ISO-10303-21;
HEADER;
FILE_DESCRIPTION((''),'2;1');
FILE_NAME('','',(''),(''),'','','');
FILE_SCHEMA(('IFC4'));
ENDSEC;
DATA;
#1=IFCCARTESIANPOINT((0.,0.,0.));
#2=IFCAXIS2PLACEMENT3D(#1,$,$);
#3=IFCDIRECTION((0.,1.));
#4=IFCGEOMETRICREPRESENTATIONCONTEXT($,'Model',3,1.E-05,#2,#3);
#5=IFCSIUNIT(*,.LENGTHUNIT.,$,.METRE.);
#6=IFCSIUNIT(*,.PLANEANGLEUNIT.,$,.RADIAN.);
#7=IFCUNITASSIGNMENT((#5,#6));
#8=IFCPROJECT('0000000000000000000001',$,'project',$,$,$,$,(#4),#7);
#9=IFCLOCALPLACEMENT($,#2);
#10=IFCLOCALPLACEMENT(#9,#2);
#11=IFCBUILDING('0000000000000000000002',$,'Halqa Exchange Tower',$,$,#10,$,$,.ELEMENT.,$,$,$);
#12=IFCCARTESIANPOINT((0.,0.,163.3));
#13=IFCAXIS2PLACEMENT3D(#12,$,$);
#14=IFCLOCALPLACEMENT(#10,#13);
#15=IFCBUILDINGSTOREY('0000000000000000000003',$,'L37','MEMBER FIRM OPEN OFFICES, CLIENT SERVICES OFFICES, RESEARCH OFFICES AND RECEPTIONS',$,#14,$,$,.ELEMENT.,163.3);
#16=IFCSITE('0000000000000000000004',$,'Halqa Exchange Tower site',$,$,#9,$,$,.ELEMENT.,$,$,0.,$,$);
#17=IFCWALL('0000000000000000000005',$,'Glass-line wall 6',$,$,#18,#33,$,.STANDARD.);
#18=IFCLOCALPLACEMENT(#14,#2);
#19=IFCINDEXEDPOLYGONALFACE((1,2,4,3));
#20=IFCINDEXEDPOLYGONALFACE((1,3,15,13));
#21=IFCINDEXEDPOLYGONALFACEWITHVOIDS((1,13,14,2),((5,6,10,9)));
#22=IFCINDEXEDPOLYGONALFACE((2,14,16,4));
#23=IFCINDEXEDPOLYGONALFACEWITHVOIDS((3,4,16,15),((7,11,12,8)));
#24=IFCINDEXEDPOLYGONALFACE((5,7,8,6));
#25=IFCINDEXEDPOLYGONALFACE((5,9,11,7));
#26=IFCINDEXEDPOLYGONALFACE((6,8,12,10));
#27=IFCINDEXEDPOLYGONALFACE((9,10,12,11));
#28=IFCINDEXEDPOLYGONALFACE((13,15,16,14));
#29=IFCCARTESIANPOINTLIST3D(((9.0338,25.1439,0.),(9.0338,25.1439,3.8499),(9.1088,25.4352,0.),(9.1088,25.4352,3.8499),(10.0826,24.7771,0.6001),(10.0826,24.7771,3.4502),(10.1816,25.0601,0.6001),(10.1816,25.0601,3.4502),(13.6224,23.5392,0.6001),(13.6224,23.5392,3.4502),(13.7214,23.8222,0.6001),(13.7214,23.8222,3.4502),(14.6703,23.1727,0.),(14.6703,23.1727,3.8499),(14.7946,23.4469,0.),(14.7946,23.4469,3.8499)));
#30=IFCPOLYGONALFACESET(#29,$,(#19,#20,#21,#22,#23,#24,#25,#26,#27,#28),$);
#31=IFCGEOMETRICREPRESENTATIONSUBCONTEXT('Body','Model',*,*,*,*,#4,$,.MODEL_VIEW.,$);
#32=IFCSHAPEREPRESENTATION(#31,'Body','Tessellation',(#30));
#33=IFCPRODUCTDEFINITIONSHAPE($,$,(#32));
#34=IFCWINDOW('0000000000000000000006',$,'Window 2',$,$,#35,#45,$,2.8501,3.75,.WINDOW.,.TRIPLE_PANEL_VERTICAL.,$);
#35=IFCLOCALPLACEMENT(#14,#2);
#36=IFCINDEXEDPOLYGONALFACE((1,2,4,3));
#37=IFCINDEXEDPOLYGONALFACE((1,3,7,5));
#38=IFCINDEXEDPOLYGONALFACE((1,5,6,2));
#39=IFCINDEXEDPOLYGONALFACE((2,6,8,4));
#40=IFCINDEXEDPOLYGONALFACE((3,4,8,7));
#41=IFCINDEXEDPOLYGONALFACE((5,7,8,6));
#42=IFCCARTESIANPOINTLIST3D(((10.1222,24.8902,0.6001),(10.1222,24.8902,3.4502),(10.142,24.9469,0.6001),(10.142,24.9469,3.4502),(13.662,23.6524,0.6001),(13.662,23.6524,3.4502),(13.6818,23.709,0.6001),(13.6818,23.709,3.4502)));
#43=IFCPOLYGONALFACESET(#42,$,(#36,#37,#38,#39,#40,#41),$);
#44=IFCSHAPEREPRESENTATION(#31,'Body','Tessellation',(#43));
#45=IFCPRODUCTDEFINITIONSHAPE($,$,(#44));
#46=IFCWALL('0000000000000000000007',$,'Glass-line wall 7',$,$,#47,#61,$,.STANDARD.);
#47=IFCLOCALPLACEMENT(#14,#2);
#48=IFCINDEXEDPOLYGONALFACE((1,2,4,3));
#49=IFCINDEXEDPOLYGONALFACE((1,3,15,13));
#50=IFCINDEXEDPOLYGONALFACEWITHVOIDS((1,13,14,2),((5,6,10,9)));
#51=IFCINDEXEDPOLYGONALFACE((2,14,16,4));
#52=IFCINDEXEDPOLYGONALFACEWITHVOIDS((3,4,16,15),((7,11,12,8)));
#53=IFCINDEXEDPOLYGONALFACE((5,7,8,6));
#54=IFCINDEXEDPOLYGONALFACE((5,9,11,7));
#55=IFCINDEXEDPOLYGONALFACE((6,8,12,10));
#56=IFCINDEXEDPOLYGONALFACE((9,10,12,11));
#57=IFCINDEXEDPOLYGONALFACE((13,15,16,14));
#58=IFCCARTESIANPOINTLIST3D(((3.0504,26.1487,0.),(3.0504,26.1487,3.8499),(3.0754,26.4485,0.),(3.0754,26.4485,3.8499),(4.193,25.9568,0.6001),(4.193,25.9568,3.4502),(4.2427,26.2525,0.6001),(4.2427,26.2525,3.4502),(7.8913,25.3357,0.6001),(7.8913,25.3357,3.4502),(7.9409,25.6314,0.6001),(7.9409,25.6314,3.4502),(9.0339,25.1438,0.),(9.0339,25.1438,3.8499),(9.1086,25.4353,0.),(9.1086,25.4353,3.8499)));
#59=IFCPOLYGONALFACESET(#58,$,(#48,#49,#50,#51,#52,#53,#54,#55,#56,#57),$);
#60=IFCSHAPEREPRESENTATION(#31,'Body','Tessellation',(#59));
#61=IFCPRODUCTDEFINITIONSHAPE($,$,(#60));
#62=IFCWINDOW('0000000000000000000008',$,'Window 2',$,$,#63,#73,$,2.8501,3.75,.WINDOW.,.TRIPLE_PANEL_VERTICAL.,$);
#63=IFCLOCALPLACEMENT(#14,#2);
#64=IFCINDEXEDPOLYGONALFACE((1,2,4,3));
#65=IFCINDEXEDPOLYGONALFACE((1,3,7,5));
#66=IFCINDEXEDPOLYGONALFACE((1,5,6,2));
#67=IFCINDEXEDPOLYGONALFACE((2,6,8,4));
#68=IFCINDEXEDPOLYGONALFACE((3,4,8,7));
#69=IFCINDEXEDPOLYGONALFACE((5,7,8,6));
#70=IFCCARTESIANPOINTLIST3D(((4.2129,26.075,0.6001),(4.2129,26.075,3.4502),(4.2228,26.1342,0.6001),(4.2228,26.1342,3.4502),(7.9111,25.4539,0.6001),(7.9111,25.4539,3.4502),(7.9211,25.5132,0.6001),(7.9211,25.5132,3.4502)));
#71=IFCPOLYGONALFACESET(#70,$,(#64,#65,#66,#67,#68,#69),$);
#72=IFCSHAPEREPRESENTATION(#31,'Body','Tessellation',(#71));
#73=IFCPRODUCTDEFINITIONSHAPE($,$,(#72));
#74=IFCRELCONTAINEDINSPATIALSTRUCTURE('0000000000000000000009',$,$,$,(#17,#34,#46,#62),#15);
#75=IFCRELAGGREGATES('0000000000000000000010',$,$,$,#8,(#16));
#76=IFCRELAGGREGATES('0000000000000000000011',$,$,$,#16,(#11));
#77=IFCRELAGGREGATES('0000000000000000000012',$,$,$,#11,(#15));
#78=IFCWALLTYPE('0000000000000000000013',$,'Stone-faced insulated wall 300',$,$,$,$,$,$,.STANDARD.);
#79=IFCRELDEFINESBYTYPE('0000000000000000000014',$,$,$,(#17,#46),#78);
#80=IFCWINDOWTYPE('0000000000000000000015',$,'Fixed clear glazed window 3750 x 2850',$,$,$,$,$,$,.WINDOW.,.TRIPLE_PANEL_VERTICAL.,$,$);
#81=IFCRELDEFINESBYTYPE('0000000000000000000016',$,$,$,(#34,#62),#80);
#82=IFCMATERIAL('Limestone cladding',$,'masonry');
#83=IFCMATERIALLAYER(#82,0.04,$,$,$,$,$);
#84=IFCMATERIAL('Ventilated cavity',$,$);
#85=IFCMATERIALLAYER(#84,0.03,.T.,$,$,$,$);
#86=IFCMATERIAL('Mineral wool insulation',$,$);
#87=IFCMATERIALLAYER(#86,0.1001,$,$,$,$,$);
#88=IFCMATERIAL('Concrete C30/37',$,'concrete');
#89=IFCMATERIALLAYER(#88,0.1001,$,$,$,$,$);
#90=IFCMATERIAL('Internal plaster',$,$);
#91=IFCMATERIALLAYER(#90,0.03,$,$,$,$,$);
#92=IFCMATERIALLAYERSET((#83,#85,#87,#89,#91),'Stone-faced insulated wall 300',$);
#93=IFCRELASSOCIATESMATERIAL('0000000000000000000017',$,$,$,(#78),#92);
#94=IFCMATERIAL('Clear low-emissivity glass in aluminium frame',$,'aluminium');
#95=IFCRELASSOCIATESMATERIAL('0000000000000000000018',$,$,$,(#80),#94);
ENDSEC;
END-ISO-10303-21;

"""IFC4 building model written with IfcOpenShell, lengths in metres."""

from ifc_helpers import new_model, si_unit, direction, frame, frame_2d, origin, place, context, subcontext, project, spatial, polyline, rectangle, outline, extrude, material, layer, layer_set, type_object, element, fill, save


model = new_model("IFC4")

# Units and contexts
model_context = context("Model", 3, precision=1e-05, world=origin(), true_north=direction((0.0, 1.0)))
body_context = subcontext(model_context, "Body", "Model", "MODEL_VIEW")
ifc_project = project(units=[si_unit("LENGTHUNIT", "METRE"), si_unit("PLANEANGLEUNIT", "RADIAN")], contexts=[model_context])

# Site, building, storey
site_placement = place(None, origin())
site = spatial("IfcSite", under=ifc_project, at=site_placement, Name="Halqa Exchange Tower site", CompositionType="ELEMENT", RefElevation=0.0)
building_placement = place(site_placement, origin())
building = spatial("IfcBuilding", under=site, at=building_placement, Name="Halqa Exchange Tower", CompositionType="ELEMENT")
storey_placement = place(building_placement, frame((0.0, 0.0, 163.3)))
storey = spatial("IfcBuildingStorey", under=building, at=storey_placement, Name="L37", Description="MEMBER FIRM OPEN OFFICES, CLIENT SERVICES OFFICES, RESEARCH OFFICES AND RECEPTIONS", CompositionType="ELEMENT", Elevation=163.3)

# Shared definitions
ifc_material_1 = material(Name="Limestone cladding", Category="masonry")
ifc_layer_1 = layer(ifc_material_1, 0.04)
ifc_material_2 = material(Name="Ventilated cavity")
ifc_layer_2 = layer(ifc_material_2, 0.03, ventilated=True)
ifc_material_3 = material(Name="Mineral wool insulation")
ifc_layer_3 = layer(ifc_material_3, 0.1001)
ifc_material_4 = material(Name="Concrete C30/37", Category="concrete")
ifc_layer_4 = layer(ifc_material_4, 0.1001)
ifc_material_5 = material(Name="Internal plaster")
ifc_layer_5 = layer(ifc_material_5, 0.03)
ifc_layer_set_1 = layer_set([ifc_layer_1, ifc_layer_2, ifc_layer_3, ifc_layer_4, ifc_layer_5], Name="Stone-faced insulated wall 300")
wall_type_1 = type_object("IfcWallType", Name="Stone-faced insulated wall 300", PredefinedType="STANDARD", material=ifc_layer_set_1)
ifc_material_6 = material(Name="Clear low-emissivity glass in aluminium frame", Category="aluminium")

# Walls, openings, windows
window_type = type_object("IfcWindowType", Name="Fixed clear glazed window 3750 x 2850", PartitioningType="TRIPLE_PANEL_VERTICAL", PredefinedType="WINDOW", material=ifc_material_6)
wall_1_placement = place(storey_placement, frame((14.7324, 23.3098, 0.0), z_axis=(0.0, 0.0, 1.0), x_axis=(-0.943945, 0.330104, 0.0)))
wall_1 = element("IfcWall", 1, at=wall_1_placement, inside=storey, type_object=wall_type_1, Name="Glass-line wall 6", PredefinedType="STANDARD", context=body_context, shape_type="SweptSolid", body=[
    extrude(outline(polyline([(-0.0134, -0.1499), (6.01, -0.1499), (5.9846, 0.1499), (0.0134, 0.1499), (-0.0134, -0.1499)])), origin(), (0.0, 0.0, 1.0), 3.8499),
])
opening_1_placement = place(wall_1_placement, frame((1.1235, 0.0, 0.6001)))
opening_1 = element("IfcOpeningElement", 2, at=opening_1_placement, cuts=wall_1, PredefinedType="OPENING", context=body_context, shape_type="SweptSolid", body=[
    extrude(rectangle(XDim=3.75, YDim=2.8501, at=frame_2d((1.875, 1.425))), frame((0.0, 0.1621, 0.0), z_axis=(0.0, -1.0, 0.0), x_axis=(1.0, 0.0, 0.0)), (0.0, 0.0, 1.0), 0.324),
])
window_1_placement = place(opening_1_placement, origin())
window_1 = element("IfcWindow", 3, at=window_1_placement, inside=storey, type_object=window_type, Name="Window 2", OverallHeight=2.8501, OverallWidth=3.75, PartitioningType="TRIPLE_PANEL_VERTICAL", PredefinedType="WINDOW", context=body_context, shape_type="SweptSolid", body=[
    extrude(rectangle(XDim=3.75, YDim=2.8501, at=frame_2d((1.875, 1.425))), frame((0.0, 0.03, 0.0), z_axis=(0.0, -1.0, 0.0), x_axis=(1.0, 0.0, 0.0)), (0.0, 0.0, 1.0), 0.0601),
])
fill(opening_1, window_1)
wall_2_placement = place(storey_placement, frame((9.0713, 25.2896, 0.0), z_axis=(0.0, 0.0, 1.0), x_axis=(-0.98619, 0.165621, 0.0)))
wall_2 = element("IfcWall", 4, at=wall_2_placement, inside=storey, type_object=wall_type_1, Name="Glass-line wall 7", PredefinedType="STANDARD", context=body_context, shape_type="SweptSolid", body=[
    extrude(outline(polyline([(-0.0127, -0.1499), (6.105, -0.1499), (6.0801, 0.1499), (0.0127, 0.1499), (-0.0127, -0.1499)])), origin(), (0.0, 0.0, 1.0), 3.8499),
])
opening_2_placement = place(wall_2_placement, frame((1.1714, 0.0, 0.6001)))
opening_2 = element("IfcOpeningElement", 5, at=opening_2_placement, cuts=wall_2, PredefinedType="OPENING", context=body_context, shape_type="SweptSolid", body=[
    extrude(rectangle(XDim=3.75, YDim=2.8501, at=frame_2d((1.875, 1.425))), frame((0.0, 0.1621, 0.0), z_axis=(0.0, -1.0, 0.0), x_axis=(1.0, 0.0, 0.0)), (0.0, 0.0, 1.0), 0.324),
])
window_2_placement = place(opening_2_placement, origin())
window_2 = element("IfcWindow", 6, at=window_2_placement, inside=storey, type_object=window_type, Name="Window 2", OverallHeight=2.8501, OverallWidth=3.75, PartitioningType="TRIPLE_PANEL_VERTICAL", PredefinedType="WINDOW", context=body_context, shape_type="SweptSolid", body=[
    extrude(rectangle(XDim=3.75, YDim=2.8501, at=frame_2d((1.875, 1.425))), frame((0.0, 0.03, 0.0), z_axis=(0.0, -1.0, 0.0), x_axis=(1.0, 0.0, 0.0)), (0.0, 0.0, 1.0), 0.0601),
])
fill(opening_2, window_2)

save(model, "model.ifc")
